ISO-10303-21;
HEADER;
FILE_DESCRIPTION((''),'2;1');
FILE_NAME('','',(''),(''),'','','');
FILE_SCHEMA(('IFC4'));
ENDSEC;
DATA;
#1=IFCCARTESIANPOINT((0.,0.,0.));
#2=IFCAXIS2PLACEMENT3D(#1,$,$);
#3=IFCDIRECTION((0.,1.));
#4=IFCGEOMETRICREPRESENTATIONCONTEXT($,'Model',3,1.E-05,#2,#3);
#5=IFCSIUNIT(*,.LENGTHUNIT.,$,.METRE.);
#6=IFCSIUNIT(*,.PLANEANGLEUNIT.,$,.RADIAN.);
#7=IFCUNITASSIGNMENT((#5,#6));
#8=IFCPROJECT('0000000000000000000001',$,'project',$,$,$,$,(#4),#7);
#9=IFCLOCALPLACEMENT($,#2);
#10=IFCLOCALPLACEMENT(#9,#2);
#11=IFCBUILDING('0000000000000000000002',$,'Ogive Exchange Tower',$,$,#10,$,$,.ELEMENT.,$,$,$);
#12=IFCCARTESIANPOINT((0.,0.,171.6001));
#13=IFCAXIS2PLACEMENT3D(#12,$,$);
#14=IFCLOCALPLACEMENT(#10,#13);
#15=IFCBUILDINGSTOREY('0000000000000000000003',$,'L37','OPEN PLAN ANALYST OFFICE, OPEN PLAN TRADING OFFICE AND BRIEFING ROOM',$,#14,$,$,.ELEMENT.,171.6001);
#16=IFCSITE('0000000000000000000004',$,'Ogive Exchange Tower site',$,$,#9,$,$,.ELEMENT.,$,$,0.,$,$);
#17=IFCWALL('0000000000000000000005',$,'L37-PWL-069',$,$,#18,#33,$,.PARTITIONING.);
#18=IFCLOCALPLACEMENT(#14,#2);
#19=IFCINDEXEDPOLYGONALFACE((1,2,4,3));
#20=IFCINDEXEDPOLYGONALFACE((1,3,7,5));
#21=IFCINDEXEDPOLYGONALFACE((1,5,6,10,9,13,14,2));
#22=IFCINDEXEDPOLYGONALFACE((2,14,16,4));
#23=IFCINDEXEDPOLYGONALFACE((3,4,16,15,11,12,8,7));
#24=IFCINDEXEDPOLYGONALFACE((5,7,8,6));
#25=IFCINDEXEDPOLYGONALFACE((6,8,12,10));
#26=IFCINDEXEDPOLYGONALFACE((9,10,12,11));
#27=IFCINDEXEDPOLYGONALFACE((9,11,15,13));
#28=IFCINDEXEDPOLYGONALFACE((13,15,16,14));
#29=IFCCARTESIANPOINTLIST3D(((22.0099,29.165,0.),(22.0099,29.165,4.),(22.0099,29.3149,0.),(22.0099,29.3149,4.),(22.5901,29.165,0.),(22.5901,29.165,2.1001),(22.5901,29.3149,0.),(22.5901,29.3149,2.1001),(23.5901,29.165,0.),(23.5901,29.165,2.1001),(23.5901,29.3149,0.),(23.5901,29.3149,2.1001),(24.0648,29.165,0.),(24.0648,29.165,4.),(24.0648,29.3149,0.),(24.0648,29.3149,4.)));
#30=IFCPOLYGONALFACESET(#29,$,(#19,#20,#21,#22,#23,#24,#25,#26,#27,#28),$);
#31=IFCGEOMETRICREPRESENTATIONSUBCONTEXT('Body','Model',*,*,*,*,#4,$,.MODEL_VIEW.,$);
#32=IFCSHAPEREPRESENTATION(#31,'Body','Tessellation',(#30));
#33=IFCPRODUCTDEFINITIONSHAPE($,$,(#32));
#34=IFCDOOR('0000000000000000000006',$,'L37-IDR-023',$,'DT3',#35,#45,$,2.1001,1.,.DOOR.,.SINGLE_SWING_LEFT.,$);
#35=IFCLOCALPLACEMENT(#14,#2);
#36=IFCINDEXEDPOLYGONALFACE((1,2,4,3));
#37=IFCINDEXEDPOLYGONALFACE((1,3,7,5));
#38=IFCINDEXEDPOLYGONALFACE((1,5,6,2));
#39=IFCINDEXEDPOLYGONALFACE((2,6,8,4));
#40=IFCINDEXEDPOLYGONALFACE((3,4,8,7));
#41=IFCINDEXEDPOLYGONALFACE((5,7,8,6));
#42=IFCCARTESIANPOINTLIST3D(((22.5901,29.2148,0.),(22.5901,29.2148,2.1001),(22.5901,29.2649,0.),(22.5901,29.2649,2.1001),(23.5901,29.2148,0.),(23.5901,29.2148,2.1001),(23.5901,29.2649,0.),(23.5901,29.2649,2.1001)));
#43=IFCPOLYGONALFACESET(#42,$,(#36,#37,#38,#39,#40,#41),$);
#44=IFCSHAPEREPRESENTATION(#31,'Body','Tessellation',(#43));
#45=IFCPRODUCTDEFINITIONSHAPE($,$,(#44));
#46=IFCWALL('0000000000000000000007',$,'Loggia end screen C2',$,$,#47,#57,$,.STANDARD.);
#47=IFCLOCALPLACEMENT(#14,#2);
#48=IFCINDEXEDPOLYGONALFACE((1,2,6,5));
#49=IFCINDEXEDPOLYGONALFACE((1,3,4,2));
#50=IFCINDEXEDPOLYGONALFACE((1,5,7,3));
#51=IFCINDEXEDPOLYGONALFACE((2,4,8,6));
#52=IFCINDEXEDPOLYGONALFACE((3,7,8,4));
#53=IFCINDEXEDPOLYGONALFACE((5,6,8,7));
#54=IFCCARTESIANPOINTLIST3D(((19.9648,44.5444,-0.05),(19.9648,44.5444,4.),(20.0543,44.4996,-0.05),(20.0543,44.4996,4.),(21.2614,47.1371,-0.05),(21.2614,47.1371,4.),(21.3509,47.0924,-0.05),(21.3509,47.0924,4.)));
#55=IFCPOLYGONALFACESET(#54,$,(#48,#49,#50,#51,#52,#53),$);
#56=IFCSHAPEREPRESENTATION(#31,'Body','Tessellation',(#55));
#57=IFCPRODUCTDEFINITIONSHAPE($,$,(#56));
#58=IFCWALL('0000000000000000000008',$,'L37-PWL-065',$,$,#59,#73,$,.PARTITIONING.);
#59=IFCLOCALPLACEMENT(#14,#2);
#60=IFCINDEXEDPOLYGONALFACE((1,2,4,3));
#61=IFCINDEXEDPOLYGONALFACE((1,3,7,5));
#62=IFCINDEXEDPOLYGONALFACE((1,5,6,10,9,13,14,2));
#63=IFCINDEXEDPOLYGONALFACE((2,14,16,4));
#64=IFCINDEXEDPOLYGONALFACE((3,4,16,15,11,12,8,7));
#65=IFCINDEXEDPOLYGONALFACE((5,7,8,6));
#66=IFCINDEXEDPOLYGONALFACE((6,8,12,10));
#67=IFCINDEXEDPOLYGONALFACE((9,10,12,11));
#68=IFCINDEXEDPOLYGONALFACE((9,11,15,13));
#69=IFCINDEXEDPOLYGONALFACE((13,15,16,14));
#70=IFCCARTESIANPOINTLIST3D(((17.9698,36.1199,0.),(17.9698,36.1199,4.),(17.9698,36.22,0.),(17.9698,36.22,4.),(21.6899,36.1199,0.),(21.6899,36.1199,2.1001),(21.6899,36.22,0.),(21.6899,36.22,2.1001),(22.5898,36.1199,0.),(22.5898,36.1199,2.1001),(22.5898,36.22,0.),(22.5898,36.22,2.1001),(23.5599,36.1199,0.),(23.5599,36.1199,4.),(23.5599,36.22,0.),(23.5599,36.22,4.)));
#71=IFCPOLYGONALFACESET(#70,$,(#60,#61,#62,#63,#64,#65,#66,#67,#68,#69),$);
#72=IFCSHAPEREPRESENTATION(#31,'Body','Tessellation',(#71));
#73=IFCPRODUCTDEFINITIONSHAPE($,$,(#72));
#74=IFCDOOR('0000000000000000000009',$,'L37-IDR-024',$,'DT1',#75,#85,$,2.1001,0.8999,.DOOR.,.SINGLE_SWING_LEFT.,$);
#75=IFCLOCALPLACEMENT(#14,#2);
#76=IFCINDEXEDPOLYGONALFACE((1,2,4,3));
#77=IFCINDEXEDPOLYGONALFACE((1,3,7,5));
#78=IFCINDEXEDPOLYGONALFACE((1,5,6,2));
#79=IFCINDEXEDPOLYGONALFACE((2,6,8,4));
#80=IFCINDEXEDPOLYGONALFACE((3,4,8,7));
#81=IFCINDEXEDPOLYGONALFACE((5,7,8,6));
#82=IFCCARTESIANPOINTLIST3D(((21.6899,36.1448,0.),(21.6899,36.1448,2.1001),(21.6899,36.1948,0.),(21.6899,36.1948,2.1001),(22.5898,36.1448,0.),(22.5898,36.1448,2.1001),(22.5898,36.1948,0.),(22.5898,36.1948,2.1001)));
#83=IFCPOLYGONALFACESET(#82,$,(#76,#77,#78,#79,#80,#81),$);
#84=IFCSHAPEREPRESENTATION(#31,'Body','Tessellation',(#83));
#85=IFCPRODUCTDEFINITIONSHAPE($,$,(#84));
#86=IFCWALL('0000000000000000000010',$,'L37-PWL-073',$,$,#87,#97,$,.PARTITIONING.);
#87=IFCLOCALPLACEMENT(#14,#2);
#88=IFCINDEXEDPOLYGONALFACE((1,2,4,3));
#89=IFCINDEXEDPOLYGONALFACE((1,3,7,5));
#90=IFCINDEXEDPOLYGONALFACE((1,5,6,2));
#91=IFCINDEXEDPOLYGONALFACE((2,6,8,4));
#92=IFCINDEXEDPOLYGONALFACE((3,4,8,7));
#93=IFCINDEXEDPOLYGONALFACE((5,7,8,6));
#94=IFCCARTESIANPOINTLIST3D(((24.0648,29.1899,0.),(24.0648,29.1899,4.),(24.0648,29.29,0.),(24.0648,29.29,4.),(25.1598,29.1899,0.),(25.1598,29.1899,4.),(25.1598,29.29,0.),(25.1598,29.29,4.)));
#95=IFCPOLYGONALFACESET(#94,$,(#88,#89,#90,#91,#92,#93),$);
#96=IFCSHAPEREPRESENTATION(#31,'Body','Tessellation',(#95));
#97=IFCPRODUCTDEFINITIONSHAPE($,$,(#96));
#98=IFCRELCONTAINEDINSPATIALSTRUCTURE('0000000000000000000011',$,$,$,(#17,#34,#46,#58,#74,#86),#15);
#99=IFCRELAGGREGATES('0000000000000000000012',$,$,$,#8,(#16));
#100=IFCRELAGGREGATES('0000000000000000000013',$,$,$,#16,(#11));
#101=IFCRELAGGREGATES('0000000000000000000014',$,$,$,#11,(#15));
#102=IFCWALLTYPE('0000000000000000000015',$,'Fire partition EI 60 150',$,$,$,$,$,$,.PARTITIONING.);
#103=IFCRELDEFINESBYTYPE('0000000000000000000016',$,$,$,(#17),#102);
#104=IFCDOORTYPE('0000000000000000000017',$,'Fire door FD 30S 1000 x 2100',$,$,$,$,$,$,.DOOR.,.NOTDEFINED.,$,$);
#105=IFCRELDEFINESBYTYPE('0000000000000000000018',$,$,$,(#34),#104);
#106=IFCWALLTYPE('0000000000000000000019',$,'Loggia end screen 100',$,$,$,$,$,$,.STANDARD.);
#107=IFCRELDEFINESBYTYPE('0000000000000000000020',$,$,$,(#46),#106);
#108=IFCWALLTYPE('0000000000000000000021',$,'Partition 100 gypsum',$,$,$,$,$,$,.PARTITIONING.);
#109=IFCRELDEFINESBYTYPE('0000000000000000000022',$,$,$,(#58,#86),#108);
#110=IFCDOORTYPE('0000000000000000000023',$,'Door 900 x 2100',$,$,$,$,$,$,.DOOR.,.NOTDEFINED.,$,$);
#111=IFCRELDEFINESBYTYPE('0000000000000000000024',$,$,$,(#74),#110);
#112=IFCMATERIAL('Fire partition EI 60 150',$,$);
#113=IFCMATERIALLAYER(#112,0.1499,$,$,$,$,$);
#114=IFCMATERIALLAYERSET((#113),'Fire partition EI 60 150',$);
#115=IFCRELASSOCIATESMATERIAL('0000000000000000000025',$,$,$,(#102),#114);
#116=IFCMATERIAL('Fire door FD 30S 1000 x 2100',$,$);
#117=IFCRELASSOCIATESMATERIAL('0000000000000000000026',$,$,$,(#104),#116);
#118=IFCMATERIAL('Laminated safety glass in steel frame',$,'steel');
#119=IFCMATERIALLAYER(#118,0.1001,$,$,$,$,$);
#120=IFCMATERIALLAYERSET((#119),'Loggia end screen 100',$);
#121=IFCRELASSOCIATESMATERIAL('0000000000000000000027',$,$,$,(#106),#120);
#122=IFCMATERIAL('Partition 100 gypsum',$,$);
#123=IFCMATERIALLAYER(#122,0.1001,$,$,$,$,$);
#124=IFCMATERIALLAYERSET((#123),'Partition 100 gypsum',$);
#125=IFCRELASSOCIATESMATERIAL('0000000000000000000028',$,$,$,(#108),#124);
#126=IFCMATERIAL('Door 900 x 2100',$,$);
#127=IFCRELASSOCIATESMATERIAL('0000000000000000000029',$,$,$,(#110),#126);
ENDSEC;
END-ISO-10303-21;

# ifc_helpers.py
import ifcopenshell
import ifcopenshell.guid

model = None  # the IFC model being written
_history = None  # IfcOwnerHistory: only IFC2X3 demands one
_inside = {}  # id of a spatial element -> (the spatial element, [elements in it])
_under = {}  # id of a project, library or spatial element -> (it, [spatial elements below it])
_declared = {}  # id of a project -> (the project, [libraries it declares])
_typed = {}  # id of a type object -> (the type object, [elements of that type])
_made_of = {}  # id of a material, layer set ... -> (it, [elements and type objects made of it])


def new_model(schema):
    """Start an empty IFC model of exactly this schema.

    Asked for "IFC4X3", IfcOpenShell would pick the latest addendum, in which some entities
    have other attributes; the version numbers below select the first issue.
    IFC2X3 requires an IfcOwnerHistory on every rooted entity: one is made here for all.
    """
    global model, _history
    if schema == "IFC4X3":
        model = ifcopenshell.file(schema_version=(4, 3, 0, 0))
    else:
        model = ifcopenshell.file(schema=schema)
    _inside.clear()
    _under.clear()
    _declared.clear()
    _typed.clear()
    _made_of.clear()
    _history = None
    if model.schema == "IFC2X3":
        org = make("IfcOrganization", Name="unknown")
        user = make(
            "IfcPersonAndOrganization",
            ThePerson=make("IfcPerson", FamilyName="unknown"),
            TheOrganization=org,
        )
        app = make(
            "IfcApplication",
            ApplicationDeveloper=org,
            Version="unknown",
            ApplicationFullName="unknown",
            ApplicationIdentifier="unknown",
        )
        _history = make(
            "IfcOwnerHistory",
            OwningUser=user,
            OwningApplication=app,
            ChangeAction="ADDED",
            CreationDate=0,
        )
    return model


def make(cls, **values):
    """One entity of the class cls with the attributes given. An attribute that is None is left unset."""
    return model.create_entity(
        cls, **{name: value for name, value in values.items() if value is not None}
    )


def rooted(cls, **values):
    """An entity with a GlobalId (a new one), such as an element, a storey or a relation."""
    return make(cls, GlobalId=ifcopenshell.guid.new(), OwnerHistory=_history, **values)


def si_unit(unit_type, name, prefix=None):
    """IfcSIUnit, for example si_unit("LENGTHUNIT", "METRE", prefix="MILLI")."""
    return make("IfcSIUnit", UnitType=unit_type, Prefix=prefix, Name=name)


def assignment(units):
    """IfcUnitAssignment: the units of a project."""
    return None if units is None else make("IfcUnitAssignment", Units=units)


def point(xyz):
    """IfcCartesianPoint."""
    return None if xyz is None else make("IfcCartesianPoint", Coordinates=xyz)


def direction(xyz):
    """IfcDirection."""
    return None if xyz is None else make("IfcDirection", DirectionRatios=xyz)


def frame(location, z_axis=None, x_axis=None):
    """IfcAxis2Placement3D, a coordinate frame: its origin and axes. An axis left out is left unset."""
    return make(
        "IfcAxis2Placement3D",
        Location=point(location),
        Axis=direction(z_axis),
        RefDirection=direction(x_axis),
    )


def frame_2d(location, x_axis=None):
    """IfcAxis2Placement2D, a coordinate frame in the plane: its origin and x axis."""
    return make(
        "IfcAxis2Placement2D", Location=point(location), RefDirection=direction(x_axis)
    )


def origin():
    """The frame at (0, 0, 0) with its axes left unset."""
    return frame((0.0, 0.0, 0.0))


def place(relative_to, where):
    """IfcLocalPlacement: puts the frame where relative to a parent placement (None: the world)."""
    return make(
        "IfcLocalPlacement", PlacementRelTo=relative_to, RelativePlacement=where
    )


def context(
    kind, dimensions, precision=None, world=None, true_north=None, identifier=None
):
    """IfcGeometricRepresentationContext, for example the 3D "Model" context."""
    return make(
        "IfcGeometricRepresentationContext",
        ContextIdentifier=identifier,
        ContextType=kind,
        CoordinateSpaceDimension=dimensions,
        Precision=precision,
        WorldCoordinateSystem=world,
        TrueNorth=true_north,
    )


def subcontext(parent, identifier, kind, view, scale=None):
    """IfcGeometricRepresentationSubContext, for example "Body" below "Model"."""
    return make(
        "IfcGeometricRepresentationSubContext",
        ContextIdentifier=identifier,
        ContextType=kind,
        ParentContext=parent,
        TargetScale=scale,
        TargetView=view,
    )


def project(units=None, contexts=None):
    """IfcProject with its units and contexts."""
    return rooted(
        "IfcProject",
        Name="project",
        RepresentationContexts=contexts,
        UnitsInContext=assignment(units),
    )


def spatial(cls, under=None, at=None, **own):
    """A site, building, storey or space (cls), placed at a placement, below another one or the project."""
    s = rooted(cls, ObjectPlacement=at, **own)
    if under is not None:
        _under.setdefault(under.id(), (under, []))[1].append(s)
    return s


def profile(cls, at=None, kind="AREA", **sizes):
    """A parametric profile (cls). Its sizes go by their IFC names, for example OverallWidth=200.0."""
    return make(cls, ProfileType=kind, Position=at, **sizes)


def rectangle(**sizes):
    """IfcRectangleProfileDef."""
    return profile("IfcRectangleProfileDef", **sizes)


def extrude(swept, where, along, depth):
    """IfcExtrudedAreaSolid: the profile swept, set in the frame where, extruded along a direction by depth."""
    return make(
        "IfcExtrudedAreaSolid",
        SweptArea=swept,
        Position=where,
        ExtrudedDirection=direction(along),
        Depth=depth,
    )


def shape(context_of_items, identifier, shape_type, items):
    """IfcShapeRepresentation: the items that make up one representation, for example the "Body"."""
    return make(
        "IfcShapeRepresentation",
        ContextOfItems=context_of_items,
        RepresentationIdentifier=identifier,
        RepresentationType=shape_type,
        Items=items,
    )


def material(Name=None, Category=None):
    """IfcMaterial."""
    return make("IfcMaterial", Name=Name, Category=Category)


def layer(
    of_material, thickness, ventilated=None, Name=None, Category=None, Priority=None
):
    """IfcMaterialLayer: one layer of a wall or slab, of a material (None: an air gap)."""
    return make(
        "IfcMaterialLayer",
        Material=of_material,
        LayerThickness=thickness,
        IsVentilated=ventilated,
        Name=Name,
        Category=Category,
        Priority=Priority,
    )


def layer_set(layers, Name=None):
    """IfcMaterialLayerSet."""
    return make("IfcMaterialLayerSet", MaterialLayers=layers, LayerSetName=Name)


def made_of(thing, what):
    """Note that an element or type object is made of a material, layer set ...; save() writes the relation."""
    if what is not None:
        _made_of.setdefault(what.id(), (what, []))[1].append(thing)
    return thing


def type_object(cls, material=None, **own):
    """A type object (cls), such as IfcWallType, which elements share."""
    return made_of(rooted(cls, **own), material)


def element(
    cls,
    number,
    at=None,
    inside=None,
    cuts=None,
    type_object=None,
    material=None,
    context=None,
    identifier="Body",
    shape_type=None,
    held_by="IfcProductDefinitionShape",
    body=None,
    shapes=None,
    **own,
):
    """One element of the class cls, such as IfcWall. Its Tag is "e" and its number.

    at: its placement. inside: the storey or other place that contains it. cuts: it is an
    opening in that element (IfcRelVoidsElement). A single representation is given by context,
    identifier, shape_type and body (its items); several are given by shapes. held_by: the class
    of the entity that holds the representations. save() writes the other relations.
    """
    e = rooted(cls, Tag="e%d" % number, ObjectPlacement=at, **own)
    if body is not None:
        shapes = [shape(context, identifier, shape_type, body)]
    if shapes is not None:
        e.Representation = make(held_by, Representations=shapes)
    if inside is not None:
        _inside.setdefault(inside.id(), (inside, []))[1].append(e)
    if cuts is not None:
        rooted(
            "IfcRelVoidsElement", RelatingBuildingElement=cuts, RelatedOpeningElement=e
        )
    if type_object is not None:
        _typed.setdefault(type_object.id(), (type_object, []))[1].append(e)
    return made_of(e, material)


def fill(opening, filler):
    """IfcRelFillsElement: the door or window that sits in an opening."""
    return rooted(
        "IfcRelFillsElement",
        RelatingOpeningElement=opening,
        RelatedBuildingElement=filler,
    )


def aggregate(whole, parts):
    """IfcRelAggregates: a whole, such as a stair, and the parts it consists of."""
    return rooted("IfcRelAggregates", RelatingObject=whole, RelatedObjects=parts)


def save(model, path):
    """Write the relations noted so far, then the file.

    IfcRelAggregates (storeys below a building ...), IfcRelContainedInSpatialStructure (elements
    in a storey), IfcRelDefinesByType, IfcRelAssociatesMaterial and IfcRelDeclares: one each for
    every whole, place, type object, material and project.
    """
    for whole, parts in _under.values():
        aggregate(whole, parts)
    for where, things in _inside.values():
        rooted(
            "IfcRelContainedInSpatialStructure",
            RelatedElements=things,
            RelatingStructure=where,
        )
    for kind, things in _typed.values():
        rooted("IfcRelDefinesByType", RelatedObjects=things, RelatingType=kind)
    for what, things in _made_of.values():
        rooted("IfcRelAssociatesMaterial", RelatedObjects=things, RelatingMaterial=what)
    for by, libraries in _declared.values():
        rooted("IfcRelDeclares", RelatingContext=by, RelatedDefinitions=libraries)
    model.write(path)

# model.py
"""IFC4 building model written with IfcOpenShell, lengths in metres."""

from ifc_helpers import new_model, si_unit, direction, frame, frame_2d, origin, place, context, subcontext, project, spatial, rectangle, extrude, material, layer, layer_set, type_object, element, fill, save


model = new_model("IFC4")

# Units and contexts
model_context = context("Model", 3, precision=1e-05, world=origin(), true_north=direction((0.0, 1.0)))
body_context = subcontext(model_context, "Body", "Model", "MODEL_VIEW")
ifc_project = project(units=[si_unit("LENGTHUNIT", "METRE"), si_unit("PLANEANGLEUNIT", "RADIAN")], contexts=[model_context])

# Site, building, storey
site_placement = place(None, origin())
site = spatial("IfcSite", under=ifc_project, at=site_placement, Name="Ogive Exchange Tower site", CompositionType="ELEMENT", RefElevation=0.0)
building_placement = place(site_placement, origin())
building = spatial("IfcBuilding", under=site, at=building_placement, Name="Ogive Exchange Tower", CompositionType="ELEMENT")
storey_placement = place(building_placement, frame((0.0, 0.0, 171.6001)))
storey = spatial("IfcBuildingStorey", under=building, at=storey_placement, Name="L37", Description="OPEN PLAN ANALYST OFFICE, OPEN PLAN TRADING OFFICE AND BRIEFING ROOM", CompositionType="ELEMENT", Elevation=171.6001)

# Wall, opening, door
ifc_material_1 = material(Name="Fire partition EI 60 150")
ifc_layer_1 = layer(ifc_material_1, 0.1499)
ifc_layer_set_1 = layer_set([ifc_layer_1], Name="Fire partition EI 60 150")
wall_type_1 = type_object("IfcWallType", Name="Fire partition EI 60 150", PredefinedType="PARTITIONING", material=ifc_layer_set_1)
wall_1_placement = place(storey_placement, frame((22.01, 29.24, 0.0), z_axis=(0.0, 0.0, 1.0), x_axis=(1.0, 0.0, 0.0)))
wall_1 = element("IfcWall", 1, at=wall_1_placement, inside=storey, type_object=wall_type_1, Name="L37-PWL-069", PredefinedType="PARTITIONING", context=body_context, shape_type="SweptSolid", body=[
    extrude(rectangle(XDim=2.0549, YDim=0.1499, at=frame_2d((1.0273, 0.0))), origin(), (0.0, 0.0, 1.0), 4.0),
])
opening_1_placement = place(wall_1_placement, frame((0.5801, 0.0, 0.0)))
opening_1 = element("IfcOpeningElement", 2, at=opening_1_placement, cuts=wall_1, PredefinedType="OPENING", context=body_context, shape_type="SweptSolid", body=[
    extrude(rectangle(XDim=1.0, YDim=2.1001, at=frame_2d((0.5, 1.05))), frame((0.0, 0.085, 0.0), z_axis=(0.0, -1.0, 0.0), x_axis=(1.0, 0.0, 0.0)), (0.0, 0.0, 1.0), 0.1699),
])
ifc_material_2 = material(Name="Fire door FD 30S 1000 x 2100")
door_type_1 = type_object("IfcDoorType", Name="Fire door FD 30S 1000 x 2100", OperationType="NOTDEFINED", PredefinedType="DOOR", material=ifc_material_2)
door_1_placement = place(opening_1_placement, origin())
door_1 = element("IfcDoor", 3, at=door_1_placement, inside=storey, type_object=door_type_1, Name="L37-IDR-023", ObjectType="DT3", OperationType="SINGLE_SWING_LEFT", OverallHeight=2.1001, OverallWidth=1.0, PredefinedType="DOOR", context=body_context, shape_type="SweptSolid", body=[
    extrude(rectangle(XDim=1.0, YDim=2.1001, at=frame_2d((0.5, 1.05))), frame((0.0, 0.0249, 0.0), z_axis=(0.0, -1.0, 0.0), x_axis=(1.0, 0.0, 0.0)), (0.0, 0.0, 1.0), 0.05),
])
fill(opening_1, door_1)

# Wall
ifc_material_3 = material(Name="Laminated safety glass in steel frame", Category="steel")
ifc_layer_2 = layer(ifc_material_3, 0.1001)
ifc_layer_set_2 = layer_set([ifc_layer_2], Name="Loggia end screen 100")
wall_type_2 = type_object("IfcWallType", Name="Loggia end screen 100", PredefinedType="STANDARD", material=ifc_layer_set_2)
wall_2_placement = place(storey_placement, frame((20.0095, 44.522, -0.05), z_axis=(0.0, 0.0, 1.0), x_axis=(0.447281, 0.894394, 0.0)))
element("IfcWall", 4, at=wall_2_placement, inside=storey, type_object=wall_type_2, Name="Loggia end screen C2", PredefinedType="STANDARD", context=body_context, shape_type="SweptSolid", body=[
    extrude(rectangle(XDim=2.8989, YDim=0.1001, at=frame_2d((1.4495, 0.0))), origin(), (0.0, 0.0, 1.0), 4.05),
])

# Wall, opening, door
ifc_material_4 = material(Name="Partition 100 gypsum")
ifc_layer_3 = layer(ifc_material_4, 0.1001)
ifc_layer_set_3 = layer_set([ifc_layer_3], Name="Partition 100 gypsum")
wall_type_3 = type_object("IfcWallType", Name="Partition 100 gypsum", PredefinedType="PARTITIONING", material=ifc_layer_set_3)
wall_3_placement = place(storey_placement, frame((17.97, 36.1699, 0.0), z_axis=(0.0, 0.0, 1.0), x_axis=(1.0, 0.0, 0.0)))
wall_3 = element("IfcWall", 5, at=wall_3_placement, inside=storey, type_object=wall_type_3, Name="L37-PWL-065", PredefinedType="PARTITIONING", context=body_context, shape_type="SweptSolid", body=[
    extrude(rectangle(XDim=5.5901, YDim=0.1001, at=frame_2d((2.7949, 0.0))), origin(), (0.0, 0.0, 1.0), 4.0),
])
opening_2_placement = place(wall_3_placement, frame((3.72, 0.0, 0.0)))
opening_2 = element("IfcOpeningElement", 6, at=opening_2_placement, cuts=wall_3, PredefinedType="OPENING", context=body_context, shape_type="SweptSolid", body=[
    extrude(rectangle(XDim=0.8999, YDim=2.1001, at=frame_2d((0.45, 1.05))), frame((0.0, 0.0601, 0.0), z_axis=(0.0, -1.0, 0.0), x_axis=(1.0, 0.0, 0.0)), (0.0, 0.0, 1.0), 0.1201),
])
ifc_material_5 = material(Name="Door 900 x 2100")
door_type_2 = type_object("IfcDoorType", Name="Door 900 x 2100", OperationType="NOTDEFINED", PredefinedType="DOOR", material=ifc_material_5)
door_2_placement = place(opening_2_placement, origin())
door_2 = element("IfcDoor", 7, at=door_2_placement, inside=storey, type_object=door_type_2, Name="L37-IDR-024", ObjectType="DT1", OperationType="SINGLE_SWING_LEFT", OverallHeight=2.1001, OverallWidth=0.8999, PredefinedType="DOOR", context=body_context, shape_type="SweptSolid", body=[
    extrude(rectangle(XDim=0.8999, YDim=2.1001, at=frame_2d((0.45, 1.05))), frame((0.0, 0.0249, 0.0), z_axis=(0.0, -1.0, 0.0), x_axis=(1.0, 0.0, 0.0)), (0.0, 0.0, 1.0), 0.05),
])
fill(opening_2, door_2)

# Wall
wall_4_placement = place(storey_placement, frame((24.0649, 29.24, 0.0), z_axis=(0.0, 0.0, 1.0), x_axis=(1.0, 0.0, 0.0)))
element("IfcWall", 8, at=wall_4_placement, inside=storey, type_object=wall_type_3, Name="L37-PWL-073", PredefinedType="PARTITIONING", context=body_context, shape_type="SweptSolid", body=[
    extrude(rectangle(XDim=1.095, YDim=0.1001, at=frame_2d((0.5474, 0.0))), origin(), (0.0, 0.0, 1.0), 4.0),
])

save(model, "model.ifc")
